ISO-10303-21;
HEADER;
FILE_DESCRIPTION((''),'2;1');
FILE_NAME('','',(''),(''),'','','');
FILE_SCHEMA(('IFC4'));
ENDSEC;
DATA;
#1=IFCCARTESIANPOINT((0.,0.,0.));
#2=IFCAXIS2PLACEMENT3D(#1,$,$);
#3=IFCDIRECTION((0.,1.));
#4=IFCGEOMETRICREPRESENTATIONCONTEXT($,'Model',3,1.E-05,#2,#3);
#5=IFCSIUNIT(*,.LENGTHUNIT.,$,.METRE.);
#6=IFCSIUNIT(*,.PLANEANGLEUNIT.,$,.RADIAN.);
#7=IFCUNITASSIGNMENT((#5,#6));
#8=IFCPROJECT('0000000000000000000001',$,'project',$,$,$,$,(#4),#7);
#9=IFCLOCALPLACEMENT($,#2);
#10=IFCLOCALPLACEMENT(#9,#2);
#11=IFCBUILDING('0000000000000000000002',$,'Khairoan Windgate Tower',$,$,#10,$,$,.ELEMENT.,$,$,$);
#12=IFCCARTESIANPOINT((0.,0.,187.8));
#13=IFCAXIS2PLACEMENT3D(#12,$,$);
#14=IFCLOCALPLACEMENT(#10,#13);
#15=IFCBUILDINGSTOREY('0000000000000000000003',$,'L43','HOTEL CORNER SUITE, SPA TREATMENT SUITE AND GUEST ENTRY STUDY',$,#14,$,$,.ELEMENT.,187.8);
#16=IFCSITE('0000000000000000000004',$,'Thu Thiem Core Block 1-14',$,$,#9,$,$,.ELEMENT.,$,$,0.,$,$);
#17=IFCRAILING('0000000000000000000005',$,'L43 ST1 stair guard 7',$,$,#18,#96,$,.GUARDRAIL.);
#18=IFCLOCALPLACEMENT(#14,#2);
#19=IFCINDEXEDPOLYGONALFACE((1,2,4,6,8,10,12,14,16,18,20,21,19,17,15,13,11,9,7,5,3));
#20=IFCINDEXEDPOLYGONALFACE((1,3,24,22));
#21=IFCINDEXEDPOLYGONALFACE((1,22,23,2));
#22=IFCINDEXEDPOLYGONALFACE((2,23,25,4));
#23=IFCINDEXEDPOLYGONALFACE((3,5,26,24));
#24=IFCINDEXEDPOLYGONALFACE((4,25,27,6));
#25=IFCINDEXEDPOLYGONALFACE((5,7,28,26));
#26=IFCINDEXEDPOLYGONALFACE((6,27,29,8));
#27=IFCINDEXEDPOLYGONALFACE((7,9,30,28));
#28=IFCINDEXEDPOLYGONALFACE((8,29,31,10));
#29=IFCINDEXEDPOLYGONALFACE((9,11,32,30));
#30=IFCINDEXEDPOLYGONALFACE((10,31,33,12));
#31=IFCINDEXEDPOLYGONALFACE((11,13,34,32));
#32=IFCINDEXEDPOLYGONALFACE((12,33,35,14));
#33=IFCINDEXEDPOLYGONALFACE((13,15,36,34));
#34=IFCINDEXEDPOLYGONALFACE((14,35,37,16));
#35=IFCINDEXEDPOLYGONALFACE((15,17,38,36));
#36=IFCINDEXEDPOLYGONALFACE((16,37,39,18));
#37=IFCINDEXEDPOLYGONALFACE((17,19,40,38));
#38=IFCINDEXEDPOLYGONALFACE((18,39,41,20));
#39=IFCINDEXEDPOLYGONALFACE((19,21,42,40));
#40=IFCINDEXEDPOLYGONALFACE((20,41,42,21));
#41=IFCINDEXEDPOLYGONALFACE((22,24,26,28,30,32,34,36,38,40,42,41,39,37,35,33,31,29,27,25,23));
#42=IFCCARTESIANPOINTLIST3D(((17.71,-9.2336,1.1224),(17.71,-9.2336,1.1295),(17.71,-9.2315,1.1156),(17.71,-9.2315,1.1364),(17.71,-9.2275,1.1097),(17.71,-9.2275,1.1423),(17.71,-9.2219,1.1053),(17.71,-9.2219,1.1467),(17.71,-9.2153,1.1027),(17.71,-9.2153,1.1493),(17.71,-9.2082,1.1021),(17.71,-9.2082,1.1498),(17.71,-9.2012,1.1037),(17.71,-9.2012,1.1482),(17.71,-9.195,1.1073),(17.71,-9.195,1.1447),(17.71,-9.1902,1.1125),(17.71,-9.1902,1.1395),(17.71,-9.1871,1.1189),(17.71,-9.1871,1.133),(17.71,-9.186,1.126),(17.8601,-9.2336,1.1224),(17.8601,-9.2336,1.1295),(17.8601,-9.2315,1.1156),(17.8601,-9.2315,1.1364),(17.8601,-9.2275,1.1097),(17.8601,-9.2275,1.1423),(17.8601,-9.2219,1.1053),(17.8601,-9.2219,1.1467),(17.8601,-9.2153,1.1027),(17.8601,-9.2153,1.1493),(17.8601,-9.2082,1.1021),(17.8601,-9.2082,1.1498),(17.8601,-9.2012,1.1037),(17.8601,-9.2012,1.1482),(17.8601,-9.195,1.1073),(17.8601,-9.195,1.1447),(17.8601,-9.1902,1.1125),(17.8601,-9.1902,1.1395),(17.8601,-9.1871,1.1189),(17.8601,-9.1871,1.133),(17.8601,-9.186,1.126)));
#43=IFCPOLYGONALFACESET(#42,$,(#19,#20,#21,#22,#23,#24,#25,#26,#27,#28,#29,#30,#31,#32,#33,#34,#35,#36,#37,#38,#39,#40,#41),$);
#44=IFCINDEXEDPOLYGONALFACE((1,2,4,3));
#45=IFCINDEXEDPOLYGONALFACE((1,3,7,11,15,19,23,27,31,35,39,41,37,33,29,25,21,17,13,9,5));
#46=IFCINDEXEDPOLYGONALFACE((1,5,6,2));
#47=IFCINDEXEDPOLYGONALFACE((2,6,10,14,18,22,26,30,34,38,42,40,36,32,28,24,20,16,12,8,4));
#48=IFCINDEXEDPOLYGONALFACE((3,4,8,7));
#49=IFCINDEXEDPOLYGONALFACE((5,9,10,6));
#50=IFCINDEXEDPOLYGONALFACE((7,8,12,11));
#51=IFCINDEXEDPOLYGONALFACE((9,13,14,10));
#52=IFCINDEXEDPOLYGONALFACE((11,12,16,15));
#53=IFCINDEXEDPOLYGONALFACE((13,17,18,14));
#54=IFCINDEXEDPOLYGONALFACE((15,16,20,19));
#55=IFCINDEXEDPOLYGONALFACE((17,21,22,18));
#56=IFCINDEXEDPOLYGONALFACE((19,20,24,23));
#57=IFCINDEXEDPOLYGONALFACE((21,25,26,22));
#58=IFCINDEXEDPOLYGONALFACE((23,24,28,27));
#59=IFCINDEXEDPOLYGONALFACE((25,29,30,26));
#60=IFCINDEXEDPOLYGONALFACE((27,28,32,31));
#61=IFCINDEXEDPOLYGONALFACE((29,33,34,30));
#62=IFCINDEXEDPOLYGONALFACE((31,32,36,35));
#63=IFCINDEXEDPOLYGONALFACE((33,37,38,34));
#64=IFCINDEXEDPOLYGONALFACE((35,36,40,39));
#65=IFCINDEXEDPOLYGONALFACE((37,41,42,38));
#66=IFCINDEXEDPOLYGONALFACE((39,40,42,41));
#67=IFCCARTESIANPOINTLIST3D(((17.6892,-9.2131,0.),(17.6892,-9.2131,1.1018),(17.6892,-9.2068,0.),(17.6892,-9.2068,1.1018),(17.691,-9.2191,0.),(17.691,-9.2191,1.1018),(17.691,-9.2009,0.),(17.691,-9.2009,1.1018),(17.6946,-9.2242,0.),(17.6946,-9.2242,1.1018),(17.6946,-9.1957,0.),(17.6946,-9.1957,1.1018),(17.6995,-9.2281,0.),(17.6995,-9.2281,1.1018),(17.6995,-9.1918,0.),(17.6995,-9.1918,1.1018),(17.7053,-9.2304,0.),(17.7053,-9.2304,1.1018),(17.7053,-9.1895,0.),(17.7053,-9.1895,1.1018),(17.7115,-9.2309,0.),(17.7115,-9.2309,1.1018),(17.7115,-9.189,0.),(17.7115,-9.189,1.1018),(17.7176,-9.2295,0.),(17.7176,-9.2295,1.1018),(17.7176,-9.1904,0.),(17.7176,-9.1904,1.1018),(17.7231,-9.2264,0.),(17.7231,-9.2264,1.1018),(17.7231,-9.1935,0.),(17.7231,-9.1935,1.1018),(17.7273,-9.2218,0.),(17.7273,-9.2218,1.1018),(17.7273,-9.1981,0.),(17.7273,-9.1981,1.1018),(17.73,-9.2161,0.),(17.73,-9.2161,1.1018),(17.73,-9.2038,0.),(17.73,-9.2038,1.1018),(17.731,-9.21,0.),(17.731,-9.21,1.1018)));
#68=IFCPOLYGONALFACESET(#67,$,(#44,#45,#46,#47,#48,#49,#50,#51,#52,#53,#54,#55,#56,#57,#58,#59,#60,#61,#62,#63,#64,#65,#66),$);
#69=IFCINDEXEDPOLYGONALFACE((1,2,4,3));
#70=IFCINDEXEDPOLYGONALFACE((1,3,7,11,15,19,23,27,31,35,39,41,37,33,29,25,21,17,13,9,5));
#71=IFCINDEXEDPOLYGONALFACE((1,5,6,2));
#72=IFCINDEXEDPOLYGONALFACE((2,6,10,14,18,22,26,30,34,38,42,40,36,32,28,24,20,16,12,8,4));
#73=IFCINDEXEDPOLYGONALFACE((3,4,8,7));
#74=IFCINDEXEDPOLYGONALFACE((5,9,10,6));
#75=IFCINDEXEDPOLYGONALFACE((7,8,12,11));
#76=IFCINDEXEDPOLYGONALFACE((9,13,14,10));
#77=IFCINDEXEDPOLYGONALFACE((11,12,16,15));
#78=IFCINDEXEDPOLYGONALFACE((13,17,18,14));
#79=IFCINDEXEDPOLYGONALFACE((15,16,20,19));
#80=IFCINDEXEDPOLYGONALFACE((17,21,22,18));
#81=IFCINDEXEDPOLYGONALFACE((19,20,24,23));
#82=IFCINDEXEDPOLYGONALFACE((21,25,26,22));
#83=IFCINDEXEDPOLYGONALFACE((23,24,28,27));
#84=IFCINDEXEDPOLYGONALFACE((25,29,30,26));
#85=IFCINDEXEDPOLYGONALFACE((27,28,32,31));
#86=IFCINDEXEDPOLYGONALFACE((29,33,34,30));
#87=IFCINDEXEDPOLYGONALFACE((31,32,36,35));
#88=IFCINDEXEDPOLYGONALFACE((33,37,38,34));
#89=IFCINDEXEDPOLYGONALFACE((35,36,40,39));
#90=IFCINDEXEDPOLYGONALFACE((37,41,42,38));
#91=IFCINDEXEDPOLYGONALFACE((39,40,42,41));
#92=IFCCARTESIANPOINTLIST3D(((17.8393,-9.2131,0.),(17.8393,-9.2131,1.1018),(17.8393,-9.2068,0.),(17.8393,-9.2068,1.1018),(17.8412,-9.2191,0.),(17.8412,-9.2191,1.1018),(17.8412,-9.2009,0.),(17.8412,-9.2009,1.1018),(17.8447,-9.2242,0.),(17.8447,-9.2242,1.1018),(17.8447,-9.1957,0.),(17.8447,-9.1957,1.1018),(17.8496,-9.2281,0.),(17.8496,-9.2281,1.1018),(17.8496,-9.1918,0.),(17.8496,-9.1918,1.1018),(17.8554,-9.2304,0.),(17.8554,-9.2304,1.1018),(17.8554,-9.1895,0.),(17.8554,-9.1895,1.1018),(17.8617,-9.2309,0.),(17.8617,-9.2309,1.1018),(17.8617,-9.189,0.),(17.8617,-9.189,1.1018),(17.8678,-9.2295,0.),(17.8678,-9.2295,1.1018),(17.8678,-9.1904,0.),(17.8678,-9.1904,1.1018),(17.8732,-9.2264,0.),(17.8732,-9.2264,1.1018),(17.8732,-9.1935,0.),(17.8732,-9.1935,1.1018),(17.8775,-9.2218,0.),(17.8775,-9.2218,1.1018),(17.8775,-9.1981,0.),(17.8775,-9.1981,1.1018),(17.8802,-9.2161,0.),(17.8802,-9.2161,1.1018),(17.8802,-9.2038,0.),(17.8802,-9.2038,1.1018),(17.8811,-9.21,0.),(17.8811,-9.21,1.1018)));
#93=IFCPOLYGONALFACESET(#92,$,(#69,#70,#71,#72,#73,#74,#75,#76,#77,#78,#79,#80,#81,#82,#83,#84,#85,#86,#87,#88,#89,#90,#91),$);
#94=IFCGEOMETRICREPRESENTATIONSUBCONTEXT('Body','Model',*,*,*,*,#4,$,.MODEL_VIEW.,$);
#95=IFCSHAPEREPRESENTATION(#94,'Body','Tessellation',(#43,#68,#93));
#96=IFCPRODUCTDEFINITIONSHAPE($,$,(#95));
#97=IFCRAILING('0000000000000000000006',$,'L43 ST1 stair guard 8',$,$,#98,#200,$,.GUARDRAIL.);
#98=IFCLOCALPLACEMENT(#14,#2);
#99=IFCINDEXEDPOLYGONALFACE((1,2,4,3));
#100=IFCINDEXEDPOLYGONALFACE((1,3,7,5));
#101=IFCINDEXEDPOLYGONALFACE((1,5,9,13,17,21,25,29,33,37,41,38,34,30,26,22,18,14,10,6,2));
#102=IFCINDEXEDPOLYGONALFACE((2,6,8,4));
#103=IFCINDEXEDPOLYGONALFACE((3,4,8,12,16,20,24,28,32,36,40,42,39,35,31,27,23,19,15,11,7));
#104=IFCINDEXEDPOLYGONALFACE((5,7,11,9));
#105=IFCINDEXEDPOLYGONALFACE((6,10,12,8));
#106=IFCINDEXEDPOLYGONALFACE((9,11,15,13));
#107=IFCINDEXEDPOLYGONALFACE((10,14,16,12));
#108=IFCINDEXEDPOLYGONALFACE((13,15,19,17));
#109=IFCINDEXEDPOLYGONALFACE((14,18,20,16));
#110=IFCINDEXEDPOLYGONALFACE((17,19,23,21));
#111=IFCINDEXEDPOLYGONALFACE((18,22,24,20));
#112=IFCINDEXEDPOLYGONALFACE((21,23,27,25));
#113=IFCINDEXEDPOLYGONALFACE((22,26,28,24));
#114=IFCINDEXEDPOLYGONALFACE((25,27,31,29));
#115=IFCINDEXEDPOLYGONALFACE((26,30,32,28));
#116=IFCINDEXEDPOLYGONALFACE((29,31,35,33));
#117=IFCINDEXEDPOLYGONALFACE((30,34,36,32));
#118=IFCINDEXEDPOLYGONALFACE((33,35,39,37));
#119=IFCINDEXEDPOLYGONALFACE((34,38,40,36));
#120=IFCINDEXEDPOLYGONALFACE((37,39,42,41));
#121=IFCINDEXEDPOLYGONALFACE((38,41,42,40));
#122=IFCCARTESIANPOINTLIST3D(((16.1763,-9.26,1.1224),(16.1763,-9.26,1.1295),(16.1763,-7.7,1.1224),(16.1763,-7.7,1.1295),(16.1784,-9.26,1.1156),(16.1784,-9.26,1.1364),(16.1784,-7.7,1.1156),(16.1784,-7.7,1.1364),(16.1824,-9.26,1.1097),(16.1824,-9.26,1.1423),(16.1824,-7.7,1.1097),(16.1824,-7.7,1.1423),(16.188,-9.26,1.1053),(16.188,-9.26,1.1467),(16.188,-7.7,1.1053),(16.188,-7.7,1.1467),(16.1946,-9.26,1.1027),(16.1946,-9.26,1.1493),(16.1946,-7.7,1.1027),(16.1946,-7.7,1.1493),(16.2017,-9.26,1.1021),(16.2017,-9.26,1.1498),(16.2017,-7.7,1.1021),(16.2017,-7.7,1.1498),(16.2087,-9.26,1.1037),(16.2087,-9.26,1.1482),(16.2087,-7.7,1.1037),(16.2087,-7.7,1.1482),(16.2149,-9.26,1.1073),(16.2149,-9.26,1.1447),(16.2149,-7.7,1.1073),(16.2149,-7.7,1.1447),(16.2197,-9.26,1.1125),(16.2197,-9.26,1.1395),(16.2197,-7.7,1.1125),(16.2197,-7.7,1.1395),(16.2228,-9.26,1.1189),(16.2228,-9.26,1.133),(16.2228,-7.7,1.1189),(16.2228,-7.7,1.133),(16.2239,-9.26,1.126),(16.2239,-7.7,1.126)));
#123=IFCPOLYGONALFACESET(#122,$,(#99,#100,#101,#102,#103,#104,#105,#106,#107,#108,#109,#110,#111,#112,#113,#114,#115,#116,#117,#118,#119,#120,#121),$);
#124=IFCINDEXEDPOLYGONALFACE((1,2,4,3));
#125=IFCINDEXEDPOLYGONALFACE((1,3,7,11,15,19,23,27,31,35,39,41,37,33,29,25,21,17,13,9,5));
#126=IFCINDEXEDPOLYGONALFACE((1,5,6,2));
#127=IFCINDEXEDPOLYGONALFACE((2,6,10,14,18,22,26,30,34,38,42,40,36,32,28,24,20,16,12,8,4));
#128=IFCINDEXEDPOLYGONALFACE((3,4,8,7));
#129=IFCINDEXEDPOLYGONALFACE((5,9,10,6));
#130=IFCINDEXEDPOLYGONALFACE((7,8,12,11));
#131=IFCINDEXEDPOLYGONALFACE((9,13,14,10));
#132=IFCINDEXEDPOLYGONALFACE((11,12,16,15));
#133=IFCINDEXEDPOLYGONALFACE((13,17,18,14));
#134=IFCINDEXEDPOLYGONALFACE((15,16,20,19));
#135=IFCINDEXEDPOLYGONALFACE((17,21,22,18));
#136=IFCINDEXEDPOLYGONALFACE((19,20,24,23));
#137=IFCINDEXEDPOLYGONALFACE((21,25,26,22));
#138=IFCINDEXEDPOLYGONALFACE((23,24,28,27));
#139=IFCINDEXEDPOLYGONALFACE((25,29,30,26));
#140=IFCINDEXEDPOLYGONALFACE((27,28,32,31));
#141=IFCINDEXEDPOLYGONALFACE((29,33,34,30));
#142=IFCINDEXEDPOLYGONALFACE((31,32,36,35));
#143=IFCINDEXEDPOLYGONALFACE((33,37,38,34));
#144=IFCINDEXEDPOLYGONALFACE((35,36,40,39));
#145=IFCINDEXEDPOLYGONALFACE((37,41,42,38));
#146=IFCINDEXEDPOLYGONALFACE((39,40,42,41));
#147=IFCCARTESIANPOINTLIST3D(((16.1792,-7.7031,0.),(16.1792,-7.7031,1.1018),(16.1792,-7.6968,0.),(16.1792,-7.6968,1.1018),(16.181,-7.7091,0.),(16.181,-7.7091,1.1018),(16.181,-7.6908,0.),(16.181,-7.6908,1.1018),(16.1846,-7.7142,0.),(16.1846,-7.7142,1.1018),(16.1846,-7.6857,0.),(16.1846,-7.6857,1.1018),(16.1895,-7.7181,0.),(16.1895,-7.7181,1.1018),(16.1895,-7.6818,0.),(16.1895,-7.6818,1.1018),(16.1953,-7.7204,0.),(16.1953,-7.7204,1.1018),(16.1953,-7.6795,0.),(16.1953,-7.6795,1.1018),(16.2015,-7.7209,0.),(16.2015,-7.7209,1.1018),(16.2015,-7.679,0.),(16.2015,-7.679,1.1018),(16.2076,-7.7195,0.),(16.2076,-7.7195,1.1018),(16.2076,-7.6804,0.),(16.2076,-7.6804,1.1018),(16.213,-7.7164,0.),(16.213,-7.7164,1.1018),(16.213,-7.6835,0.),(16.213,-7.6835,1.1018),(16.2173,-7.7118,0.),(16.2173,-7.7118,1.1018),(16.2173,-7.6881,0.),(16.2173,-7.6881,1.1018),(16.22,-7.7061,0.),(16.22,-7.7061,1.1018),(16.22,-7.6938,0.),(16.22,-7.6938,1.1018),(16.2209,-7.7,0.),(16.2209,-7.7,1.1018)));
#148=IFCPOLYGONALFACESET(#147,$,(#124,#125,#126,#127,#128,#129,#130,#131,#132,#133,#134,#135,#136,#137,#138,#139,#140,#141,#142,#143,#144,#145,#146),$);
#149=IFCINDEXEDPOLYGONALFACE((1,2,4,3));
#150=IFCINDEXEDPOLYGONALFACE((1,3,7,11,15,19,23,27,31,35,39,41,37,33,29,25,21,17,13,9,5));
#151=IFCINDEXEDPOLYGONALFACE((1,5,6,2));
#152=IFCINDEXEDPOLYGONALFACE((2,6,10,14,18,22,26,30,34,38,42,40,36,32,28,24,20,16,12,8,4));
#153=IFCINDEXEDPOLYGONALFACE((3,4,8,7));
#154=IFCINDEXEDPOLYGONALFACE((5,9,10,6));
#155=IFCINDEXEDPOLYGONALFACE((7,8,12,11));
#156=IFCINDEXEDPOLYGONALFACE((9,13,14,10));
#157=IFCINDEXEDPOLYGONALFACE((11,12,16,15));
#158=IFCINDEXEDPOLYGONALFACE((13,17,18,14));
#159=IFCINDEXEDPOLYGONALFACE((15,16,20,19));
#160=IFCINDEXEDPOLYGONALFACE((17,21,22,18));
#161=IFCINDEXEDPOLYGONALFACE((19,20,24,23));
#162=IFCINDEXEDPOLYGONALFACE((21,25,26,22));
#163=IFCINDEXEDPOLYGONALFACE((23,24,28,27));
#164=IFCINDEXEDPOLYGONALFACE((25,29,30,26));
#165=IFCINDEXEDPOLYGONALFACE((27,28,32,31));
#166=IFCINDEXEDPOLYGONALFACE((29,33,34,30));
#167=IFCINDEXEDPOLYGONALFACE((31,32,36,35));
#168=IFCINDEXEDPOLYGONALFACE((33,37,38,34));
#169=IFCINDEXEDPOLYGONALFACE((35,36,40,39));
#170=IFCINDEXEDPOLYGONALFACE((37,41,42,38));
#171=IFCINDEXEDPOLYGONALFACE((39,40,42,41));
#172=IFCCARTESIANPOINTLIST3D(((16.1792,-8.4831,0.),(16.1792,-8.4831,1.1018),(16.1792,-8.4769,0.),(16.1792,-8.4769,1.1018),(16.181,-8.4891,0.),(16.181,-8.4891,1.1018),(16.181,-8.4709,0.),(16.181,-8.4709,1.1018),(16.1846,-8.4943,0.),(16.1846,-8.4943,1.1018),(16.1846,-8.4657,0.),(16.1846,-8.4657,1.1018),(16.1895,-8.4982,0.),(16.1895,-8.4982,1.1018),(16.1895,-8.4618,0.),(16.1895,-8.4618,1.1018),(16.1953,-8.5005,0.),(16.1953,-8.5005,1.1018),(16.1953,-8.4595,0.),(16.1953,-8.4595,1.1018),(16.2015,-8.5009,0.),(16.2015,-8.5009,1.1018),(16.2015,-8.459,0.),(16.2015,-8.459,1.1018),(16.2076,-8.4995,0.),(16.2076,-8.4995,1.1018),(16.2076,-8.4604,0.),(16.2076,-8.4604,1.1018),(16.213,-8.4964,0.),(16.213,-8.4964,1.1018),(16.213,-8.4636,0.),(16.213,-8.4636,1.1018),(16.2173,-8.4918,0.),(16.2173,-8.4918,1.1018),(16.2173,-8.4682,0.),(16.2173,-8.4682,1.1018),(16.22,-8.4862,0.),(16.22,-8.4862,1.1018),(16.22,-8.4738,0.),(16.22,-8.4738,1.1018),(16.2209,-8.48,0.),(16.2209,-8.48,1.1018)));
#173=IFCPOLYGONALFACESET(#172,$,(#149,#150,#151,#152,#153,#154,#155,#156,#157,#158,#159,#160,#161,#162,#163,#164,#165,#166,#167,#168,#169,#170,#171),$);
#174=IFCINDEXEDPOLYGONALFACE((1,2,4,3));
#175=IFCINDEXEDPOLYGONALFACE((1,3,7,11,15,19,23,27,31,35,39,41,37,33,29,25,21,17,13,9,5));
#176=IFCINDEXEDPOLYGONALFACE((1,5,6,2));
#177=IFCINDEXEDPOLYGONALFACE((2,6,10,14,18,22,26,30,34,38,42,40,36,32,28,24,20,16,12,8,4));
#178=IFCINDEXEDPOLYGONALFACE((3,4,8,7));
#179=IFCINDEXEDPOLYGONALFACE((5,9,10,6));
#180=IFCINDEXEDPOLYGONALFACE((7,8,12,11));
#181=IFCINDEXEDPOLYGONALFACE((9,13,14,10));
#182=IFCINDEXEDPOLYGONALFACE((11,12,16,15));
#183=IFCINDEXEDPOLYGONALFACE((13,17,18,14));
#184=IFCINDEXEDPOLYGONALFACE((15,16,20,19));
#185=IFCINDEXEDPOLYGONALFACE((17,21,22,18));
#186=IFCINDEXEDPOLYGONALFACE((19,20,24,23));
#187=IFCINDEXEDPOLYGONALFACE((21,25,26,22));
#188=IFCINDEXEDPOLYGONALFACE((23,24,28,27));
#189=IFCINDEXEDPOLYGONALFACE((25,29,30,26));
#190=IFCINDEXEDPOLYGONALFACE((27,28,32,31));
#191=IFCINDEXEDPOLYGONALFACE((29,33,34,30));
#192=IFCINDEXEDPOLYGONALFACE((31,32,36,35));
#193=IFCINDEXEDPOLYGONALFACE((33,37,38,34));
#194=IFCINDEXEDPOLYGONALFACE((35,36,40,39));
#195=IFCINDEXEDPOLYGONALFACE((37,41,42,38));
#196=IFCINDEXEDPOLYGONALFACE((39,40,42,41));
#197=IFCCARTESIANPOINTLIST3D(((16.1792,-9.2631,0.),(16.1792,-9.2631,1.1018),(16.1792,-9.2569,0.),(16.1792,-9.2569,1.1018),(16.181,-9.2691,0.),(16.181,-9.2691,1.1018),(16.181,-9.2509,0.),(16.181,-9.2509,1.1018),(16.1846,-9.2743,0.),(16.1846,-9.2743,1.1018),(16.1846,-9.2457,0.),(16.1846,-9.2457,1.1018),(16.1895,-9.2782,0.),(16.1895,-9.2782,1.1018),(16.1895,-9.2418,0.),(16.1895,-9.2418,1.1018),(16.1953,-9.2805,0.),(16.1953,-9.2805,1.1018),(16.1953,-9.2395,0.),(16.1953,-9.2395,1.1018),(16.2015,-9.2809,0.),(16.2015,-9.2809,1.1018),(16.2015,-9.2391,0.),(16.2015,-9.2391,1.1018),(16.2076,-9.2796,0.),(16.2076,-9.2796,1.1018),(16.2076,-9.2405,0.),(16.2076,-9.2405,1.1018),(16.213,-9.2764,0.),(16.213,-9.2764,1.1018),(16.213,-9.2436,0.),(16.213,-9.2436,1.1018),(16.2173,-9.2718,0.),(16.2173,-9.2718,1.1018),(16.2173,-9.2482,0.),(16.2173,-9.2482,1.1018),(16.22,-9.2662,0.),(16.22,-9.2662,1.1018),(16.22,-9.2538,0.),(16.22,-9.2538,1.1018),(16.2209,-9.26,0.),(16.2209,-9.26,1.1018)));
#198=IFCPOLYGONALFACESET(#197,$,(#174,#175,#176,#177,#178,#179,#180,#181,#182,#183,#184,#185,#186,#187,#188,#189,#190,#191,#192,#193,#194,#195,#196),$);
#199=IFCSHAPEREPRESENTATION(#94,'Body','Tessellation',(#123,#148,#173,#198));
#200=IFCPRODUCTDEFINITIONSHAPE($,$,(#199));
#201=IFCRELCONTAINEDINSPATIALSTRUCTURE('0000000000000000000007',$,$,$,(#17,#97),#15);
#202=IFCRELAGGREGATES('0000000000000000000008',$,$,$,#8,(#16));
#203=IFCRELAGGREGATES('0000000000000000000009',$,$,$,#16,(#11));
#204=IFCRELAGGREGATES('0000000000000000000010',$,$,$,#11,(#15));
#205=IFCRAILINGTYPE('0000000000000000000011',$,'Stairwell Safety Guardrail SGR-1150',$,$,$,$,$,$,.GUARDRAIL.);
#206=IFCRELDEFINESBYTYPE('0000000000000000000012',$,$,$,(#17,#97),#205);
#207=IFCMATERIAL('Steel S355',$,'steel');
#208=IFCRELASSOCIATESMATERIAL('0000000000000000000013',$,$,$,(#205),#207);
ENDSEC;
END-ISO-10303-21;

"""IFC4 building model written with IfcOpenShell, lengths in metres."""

from ifc_helpers import new_model, si_unit, direction, frame, origin, origin_2d, place, context, subcontext, project, spatial, circle, extrude, material, type_object, element, save


model = new_model("IFC4")

# Units and contexts
model_context = context("Model", 3, precision=1e-05, world=origin(), true_north=direction((0.0, 1.0)))
body_context = subcontext(model_context, "Body", "Model", "MODEL_VIEW")
ifc_project = project(units=[si_unit("LENGTHUNIT", "METRE"), si_unit("PLANEANGLEUNIT", "RADIAN")], contexts=[model_context])

# Site, building, storey
site_placement = place(None, origin())
site = spatial("IfcSite", under=ifc_project, at=site_placement, Name="Thu Thiem Core Block 1-14", CompositionType="ELEMENT", RefElevation=0.0)
building_placement = place(site_placement, origin())
building = spatial("IfcBuilding", under=site, at=building_placement, Name="Khairoan Windgate Tower", CompositionType="ELEMENT")
storey_placement = place(building_placement, frame((0.0, 0.0, 187.8)))
storey = spatial("IfcBuildingStorey", under=building, at=storey_placement, Name="L43", Description="HOTEL CORNER SUITE, SPA TREATMENT SUITE AND GUEST ENTRY STUDY", CompositionType="ELEMENT", Elevation=187.8)

# Railings
ifc_material_1 = material(Name="Steel S355", Category="steel")
railing_type_1 = type_object("IfcRailingType", Name="Stairwell Safety Guardrail SGR-1150", PredefinedType="GUARDRAIL", material=ifc_material_1)
railing_1_placement = place(storey_placement, frame((17.71, -9.21, 0.0)))
element("IfcRailing", 1, at=railing_1_placement, inside=storey, type_object=railing_type_1, Name="L43 ST1 stair guard 7", PredefinedType="GUARDRAIL", context=body_context, shape_type="SweptSolid", body=[
    extrude(circle(Radius=0.0239, at=origin_2d()), frame((0.0, 0.0, 1.126), z_axis=(1.0, 0.0, 0.0), x_axis=(0.0, 1.0, 0.0)), (0.0, 0.0, 1.0), 0.1501),
    extrude(circle(Radius=0.021, at=origin_2d()), origin(), (0.0, 0.0, 1.0), 1.1018),
    extrude(circle(Radius=0.021, at=origin_2d()), frame((0.1501, 0.0, 0.0)), (0.0, 0.0, 1.0), 1.1018),
])
for number, where, name in (
    (2, (16.2, -7.7, 0.0), "L43 ST1 stair guard 8"),
):
    element("IfcRailing", number, at=place(storey_placement, frame(where)), inside=storey, type_object=railing_type_1, Name=name, PredefinedType="GUARDRAIL", context=body_context, shape_type="SweptSolid", body=[
        extrude(circle(Radius=0.0239, at=origin_2d()), frame((0.0, 0.0, 1.126), z_axis=(0.0, -1.0, 0.0), x_axis=(1.0, 0.0, 0.0)), (0.0, 0.0, 1.0), 1.5601),
        extrude(circle(Radius=0.021, at=origin_2d()), origin(), (0.0, 0.0, 1.0), 1.1018),
        extrude(circle(Radius=0.021, at=origin_2d()), frame((0.0, -0.78, 0.0)), (0.0, 0.0, 1.0), 1.1018),
        extrude(circle(Radius=0.021, at=origin_2d()), frame((0.0, -1.5601, 0.0)), (0.0, 0.0, 1.0), 1.1018),
    ])

save(model, "model.ifc")
